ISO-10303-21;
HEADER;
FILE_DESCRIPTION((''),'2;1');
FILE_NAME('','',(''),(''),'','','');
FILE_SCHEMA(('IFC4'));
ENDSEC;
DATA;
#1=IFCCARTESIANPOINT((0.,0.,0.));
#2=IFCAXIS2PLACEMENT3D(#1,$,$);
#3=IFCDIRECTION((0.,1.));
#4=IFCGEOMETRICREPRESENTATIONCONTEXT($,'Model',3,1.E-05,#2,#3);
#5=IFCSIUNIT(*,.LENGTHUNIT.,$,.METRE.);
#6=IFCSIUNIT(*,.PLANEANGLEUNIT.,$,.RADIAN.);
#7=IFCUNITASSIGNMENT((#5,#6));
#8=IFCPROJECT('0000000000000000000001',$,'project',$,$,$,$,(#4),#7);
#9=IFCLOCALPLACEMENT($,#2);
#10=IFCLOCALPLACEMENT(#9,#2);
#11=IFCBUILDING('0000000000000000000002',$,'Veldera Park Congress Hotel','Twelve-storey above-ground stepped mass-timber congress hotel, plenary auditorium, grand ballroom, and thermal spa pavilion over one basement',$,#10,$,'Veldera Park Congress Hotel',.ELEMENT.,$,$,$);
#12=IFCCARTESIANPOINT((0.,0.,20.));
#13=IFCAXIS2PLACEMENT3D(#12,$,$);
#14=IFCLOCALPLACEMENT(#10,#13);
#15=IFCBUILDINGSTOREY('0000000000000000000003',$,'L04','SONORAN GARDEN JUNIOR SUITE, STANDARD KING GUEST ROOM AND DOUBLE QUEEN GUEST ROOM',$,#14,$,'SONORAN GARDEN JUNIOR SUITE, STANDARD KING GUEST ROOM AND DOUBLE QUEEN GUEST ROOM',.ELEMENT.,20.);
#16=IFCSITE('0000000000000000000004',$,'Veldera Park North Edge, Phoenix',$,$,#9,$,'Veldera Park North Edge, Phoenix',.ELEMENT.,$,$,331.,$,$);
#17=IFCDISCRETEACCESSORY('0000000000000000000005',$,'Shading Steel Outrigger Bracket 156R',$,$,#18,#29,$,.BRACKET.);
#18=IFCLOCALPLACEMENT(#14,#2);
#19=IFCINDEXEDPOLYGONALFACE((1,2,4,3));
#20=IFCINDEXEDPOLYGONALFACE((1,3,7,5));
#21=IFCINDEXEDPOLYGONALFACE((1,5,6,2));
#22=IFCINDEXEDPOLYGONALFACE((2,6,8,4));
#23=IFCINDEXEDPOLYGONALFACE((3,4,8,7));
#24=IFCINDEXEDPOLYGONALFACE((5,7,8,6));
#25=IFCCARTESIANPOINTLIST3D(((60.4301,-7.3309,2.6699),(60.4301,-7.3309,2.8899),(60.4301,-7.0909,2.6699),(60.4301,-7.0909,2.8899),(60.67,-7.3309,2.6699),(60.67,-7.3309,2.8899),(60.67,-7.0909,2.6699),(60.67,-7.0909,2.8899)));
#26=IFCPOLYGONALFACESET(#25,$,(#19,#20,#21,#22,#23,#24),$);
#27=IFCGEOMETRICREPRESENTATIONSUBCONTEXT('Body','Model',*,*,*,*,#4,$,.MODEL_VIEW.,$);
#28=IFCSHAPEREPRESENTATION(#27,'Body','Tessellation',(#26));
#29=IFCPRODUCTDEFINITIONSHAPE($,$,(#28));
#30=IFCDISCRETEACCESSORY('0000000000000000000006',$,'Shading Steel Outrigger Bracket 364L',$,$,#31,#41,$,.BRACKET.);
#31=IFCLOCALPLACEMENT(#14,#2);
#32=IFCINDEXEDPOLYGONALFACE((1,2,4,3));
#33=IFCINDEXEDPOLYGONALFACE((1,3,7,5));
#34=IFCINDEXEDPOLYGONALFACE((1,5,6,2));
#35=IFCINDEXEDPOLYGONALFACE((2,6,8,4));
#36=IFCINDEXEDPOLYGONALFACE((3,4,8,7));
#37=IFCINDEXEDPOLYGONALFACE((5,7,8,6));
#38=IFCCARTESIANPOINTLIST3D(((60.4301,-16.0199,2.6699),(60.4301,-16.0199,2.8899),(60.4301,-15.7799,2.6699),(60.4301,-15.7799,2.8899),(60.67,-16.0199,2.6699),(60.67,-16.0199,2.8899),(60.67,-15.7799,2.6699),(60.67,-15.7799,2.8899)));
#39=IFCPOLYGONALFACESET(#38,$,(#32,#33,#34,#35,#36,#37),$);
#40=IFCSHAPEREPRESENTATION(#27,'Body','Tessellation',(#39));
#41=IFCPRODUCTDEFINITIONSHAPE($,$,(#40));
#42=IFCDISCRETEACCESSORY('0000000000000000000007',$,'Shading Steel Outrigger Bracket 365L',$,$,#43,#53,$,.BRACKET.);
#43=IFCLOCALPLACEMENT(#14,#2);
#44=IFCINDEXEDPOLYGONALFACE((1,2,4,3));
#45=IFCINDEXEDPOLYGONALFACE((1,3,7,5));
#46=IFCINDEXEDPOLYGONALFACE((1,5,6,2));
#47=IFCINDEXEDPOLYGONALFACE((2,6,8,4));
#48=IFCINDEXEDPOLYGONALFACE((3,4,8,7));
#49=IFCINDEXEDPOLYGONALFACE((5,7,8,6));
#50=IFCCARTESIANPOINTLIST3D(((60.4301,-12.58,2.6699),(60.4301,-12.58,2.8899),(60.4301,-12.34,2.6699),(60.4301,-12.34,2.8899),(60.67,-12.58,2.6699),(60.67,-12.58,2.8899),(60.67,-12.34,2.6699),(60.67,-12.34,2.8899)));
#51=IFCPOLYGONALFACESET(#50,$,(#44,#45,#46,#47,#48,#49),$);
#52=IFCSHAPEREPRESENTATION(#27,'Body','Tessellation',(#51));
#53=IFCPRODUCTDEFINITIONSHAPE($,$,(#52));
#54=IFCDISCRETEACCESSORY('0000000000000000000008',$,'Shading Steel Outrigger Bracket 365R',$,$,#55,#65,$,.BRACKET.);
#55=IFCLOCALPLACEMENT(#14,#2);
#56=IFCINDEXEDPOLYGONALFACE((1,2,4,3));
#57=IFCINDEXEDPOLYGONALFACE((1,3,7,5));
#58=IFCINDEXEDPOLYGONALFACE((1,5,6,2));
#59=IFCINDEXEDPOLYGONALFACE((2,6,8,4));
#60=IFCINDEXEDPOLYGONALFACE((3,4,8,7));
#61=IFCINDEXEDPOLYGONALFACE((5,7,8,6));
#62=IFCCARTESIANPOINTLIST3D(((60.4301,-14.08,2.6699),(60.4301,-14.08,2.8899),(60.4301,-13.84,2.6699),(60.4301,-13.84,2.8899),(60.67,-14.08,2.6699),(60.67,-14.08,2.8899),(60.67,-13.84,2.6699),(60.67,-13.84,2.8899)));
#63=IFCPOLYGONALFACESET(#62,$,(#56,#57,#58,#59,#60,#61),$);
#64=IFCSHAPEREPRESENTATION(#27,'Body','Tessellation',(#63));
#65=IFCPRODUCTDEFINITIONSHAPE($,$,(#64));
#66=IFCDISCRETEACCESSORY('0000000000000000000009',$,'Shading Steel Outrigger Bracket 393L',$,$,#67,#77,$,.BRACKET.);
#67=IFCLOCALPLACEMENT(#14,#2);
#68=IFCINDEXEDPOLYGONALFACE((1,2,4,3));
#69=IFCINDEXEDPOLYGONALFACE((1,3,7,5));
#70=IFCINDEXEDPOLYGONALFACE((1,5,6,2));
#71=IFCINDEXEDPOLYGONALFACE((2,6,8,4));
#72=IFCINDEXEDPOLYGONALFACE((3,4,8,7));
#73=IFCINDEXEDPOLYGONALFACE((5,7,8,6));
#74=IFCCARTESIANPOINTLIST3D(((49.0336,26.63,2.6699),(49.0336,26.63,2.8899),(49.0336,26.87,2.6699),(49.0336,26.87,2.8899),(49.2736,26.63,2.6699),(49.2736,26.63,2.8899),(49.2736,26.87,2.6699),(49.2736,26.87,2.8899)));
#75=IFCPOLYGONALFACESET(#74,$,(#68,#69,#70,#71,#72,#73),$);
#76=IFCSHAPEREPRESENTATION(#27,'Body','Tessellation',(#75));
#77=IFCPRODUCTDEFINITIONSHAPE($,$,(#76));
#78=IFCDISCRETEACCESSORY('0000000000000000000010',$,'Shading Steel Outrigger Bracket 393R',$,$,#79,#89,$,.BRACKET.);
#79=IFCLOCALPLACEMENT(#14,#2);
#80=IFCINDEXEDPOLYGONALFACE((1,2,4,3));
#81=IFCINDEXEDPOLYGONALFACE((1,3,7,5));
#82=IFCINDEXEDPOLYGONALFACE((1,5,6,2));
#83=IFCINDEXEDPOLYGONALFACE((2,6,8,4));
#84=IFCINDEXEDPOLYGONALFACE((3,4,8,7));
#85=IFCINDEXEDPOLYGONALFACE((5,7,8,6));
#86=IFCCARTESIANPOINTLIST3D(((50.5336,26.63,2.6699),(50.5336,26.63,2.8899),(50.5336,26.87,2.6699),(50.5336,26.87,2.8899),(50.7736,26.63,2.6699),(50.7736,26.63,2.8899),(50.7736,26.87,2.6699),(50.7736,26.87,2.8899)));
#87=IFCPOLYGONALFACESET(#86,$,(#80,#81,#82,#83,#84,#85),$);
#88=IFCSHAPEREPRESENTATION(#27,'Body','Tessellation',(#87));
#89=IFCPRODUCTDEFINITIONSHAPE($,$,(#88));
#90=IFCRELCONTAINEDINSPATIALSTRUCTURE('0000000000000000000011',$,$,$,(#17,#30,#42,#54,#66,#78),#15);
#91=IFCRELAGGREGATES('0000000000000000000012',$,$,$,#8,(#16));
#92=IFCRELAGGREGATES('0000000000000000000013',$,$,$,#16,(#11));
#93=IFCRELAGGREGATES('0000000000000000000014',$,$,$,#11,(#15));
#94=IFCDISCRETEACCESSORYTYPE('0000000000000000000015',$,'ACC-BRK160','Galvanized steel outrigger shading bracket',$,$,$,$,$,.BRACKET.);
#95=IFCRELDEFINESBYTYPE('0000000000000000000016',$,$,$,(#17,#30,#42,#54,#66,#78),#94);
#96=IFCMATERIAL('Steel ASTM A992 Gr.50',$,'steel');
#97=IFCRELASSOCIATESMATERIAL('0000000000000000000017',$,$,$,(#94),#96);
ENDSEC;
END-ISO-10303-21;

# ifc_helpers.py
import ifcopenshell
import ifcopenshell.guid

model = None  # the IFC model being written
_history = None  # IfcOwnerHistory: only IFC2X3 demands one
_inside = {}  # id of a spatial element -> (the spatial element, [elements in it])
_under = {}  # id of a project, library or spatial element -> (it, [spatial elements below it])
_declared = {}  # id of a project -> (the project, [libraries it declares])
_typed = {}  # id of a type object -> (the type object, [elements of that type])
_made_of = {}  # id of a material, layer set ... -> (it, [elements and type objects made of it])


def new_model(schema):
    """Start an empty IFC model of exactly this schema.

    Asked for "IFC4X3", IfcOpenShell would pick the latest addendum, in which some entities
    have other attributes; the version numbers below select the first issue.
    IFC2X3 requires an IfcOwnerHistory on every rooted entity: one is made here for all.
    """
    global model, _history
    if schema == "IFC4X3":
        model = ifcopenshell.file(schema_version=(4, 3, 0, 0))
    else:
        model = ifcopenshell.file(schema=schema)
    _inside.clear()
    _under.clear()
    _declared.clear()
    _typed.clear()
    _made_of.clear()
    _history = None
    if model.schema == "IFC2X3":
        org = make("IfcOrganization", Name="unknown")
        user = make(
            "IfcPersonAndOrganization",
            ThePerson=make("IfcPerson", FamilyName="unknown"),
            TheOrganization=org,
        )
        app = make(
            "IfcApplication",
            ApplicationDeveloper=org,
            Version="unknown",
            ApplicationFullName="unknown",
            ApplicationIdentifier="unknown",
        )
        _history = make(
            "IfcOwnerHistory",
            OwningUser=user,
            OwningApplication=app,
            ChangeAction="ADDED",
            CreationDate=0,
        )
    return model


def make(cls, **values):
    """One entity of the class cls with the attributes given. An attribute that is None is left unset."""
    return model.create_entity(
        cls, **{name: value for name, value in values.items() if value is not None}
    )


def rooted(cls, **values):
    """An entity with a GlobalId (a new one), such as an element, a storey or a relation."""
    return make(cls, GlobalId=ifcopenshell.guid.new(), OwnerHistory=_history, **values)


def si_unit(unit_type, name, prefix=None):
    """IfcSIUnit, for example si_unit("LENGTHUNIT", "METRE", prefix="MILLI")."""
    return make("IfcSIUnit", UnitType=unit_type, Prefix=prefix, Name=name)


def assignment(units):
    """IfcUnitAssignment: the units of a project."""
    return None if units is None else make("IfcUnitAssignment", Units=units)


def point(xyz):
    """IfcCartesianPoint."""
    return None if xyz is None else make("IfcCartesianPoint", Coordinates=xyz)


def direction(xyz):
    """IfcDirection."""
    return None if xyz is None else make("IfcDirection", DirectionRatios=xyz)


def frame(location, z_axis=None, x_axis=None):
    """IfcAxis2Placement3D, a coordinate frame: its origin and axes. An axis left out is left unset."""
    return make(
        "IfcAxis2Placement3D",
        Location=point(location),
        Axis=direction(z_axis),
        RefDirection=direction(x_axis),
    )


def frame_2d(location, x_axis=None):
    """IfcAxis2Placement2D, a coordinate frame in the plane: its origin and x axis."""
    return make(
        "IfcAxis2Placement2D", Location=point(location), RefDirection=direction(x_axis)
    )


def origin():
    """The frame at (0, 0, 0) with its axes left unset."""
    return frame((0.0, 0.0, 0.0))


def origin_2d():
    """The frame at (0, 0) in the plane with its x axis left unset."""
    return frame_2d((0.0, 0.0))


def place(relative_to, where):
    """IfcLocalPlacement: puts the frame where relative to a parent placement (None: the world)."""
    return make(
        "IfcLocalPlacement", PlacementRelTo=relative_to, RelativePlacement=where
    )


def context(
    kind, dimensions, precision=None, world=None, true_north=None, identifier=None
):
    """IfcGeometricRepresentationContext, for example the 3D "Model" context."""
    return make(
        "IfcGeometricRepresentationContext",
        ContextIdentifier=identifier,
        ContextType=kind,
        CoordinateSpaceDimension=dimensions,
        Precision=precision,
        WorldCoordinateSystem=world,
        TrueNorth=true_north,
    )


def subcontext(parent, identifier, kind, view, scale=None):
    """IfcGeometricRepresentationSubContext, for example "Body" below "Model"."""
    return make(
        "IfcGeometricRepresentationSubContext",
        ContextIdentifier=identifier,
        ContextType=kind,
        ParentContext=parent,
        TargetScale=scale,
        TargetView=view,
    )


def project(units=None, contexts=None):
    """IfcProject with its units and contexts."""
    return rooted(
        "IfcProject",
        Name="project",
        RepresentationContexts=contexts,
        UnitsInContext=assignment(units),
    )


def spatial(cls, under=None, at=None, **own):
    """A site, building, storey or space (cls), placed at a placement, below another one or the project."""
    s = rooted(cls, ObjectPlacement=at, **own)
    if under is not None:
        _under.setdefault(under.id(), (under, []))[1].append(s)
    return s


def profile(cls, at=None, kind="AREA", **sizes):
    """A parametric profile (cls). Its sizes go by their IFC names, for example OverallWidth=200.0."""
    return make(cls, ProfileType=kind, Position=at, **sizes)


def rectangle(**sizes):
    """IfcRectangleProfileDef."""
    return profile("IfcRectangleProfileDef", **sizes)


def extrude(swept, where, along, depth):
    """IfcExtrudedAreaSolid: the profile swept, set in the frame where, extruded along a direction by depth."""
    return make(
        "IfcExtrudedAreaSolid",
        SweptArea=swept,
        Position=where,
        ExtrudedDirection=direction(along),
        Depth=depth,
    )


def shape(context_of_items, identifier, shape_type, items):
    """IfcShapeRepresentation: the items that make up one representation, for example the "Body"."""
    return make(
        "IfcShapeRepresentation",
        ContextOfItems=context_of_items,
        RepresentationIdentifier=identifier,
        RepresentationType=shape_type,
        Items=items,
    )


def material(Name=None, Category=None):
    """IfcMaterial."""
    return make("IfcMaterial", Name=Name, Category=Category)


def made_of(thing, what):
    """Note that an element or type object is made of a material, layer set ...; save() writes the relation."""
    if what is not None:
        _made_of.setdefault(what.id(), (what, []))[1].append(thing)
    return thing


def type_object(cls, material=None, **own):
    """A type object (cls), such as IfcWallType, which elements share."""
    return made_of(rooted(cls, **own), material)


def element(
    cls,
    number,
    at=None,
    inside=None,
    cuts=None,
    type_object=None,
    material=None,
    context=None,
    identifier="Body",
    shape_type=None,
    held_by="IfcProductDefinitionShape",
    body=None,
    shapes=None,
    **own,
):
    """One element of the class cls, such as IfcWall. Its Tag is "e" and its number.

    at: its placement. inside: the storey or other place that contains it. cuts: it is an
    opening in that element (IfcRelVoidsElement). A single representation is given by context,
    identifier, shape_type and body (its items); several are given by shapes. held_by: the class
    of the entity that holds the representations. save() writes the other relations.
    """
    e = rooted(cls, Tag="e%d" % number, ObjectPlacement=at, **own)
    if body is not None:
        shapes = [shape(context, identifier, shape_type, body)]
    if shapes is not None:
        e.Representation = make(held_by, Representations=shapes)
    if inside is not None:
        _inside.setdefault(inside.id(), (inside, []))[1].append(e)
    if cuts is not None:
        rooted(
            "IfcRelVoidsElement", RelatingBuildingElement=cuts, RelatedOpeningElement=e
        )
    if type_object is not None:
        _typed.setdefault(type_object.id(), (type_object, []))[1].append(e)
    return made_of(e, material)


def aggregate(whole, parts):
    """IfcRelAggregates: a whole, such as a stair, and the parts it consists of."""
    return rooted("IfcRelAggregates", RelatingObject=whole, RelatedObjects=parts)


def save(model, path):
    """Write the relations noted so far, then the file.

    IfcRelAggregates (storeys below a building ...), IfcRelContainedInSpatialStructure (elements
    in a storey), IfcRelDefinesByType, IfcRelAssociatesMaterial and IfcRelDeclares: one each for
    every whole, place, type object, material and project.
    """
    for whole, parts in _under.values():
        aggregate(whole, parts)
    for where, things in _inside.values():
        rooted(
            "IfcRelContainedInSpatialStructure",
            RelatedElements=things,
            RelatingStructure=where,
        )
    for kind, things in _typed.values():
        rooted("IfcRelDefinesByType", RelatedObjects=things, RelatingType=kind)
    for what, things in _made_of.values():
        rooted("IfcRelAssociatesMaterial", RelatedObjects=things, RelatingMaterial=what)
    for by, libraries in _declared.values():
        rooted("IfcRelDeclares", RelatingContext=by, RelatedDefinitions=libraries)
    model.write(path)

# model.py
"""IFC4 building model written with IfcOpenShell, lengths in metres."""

from ifc_helpers import new_model, si_unit, direction, frame, origin, origin_2d, place, context, subcontext, project, spatial, rectangle, extrude, material, type_object, element, save


model = new_model("IFC4")

# Units and contexts
model_context = context("Model", 3, precision=1e-05, world=origin(), true_north=direction((0.0, 1.0)))
body_context = subcontext(model_context, "Body", "Model", "MODEL_VIEW")
ifc_project = project(units=[si_unit("LENGTHUNIT", "METRE"), si_unit("PLANEANGLEUNIT", "RADIAN")], contexts=[model_context])

# Site, building, storey
site_placement = place(None, origin())
site = spatial("IfcSite", under=ifc_project, at=site_placement, Name="Veldera Park North Edge, Phoenix", LongName="Veldera Park North Edge, Phoenix", CompositionType="ELEMENT", RefElevation=331.0)
building_placement = place(site_placement, origin())
building = spatial("IfcBuilding", under=site, at=building_placement, Name="Veldera Park Congress Hotel", Description="Twelve-storey above-ground stepped mass-timber congress hotel, plenary auditorium, grand ballroom, and thermal spa pavilion over one basement", LongName="Veldera Park Congress Hotel", CompositionType="ELEMENT")
storey_placement = place(building_placement, frame((0.0, 0.0, 20.0)))
storey = spatial("IfcBuildingStorey", under=building, at=storey_placement, Name="L04", Description="SONORAN GARDEN JUNIOR SUITE, STANDARD KING GUEST ROOM AND DOUBLE QUEEN GUEST ROOM", LongName="SONORAN GARDEN JUNIOR SUITE, STANDARD KING GUEST ROOM AND DOUBLE QUEEN GUEST ROOM", CompositionType="ELEMENT", Elevation=20.0)

# Discrete accessories
ifc_material_1 = material(Name="Steel ASTM A992 Gr.50", Category="steel")
discrete_accessory_type = type_object("IfcDiscreteAccessoryType", Name="ACC-BRK160", Description="Galvanized steel outrigger shading bracket", PredefinedType="BRACKET", material=ifc_material_1)
for number, where, z_axis, x_axis, name in (
    (1, (60.55, -7.2109, 2.6699), (0.0, 0.0, 1.0), (0.0, -1.0, 0.0), "Shading Steel Outrigger Bracket 156R"),
    (2, (60.55, -15.8999, 2.6699), (0.0, 0.0, 1.0), (0.0, -1.0, 0.0), "Shading Steel Outrigger Bracket 364L"),
    (3, (60.55, -12.46, 2.6699), (0.0, 0.0, 1.0), (0.0, -1.0, 0.0), "Shading Steel Outrigger Bracket 365L"),
    (4, (60.55, -13.96, 2.6699), (0.0, 0.0, 1.0), (0.0, -1.0, 0.0), "Shading Steel Outrigger Bracket 365R"),
    (5, (49.1536, 26.75, 2.6699), (0.0, 0.0, 1.0), (1.0, 0.0, 0.0), "Shading Steel Outrigger Bracket 393L"),
    (6, (50.6536, 26.75, 2.6699), (0.0, 0.0, 1.0), (1.0, 0.0, 0.0), "Shading Steel Outrigger Bracket 393R"),
):
    element("IfcDiscreteAccessory", number, at=place(storey_placement, frame(where, z_axis=z_axis, x_axis=x_axis)), inside=storey, type_object=discrete_accessory_type, Name=name, PredefinedType="BRACKET", context=body_context, shape_type="SweptSolid", body=[
        extrude(rectangle(XDim=0.24, YDim=0.24, at=origin_2d()), origin(), (0.0, 0.0, 1.0), 0.22),
    ])

save(model, "model.ifc")
